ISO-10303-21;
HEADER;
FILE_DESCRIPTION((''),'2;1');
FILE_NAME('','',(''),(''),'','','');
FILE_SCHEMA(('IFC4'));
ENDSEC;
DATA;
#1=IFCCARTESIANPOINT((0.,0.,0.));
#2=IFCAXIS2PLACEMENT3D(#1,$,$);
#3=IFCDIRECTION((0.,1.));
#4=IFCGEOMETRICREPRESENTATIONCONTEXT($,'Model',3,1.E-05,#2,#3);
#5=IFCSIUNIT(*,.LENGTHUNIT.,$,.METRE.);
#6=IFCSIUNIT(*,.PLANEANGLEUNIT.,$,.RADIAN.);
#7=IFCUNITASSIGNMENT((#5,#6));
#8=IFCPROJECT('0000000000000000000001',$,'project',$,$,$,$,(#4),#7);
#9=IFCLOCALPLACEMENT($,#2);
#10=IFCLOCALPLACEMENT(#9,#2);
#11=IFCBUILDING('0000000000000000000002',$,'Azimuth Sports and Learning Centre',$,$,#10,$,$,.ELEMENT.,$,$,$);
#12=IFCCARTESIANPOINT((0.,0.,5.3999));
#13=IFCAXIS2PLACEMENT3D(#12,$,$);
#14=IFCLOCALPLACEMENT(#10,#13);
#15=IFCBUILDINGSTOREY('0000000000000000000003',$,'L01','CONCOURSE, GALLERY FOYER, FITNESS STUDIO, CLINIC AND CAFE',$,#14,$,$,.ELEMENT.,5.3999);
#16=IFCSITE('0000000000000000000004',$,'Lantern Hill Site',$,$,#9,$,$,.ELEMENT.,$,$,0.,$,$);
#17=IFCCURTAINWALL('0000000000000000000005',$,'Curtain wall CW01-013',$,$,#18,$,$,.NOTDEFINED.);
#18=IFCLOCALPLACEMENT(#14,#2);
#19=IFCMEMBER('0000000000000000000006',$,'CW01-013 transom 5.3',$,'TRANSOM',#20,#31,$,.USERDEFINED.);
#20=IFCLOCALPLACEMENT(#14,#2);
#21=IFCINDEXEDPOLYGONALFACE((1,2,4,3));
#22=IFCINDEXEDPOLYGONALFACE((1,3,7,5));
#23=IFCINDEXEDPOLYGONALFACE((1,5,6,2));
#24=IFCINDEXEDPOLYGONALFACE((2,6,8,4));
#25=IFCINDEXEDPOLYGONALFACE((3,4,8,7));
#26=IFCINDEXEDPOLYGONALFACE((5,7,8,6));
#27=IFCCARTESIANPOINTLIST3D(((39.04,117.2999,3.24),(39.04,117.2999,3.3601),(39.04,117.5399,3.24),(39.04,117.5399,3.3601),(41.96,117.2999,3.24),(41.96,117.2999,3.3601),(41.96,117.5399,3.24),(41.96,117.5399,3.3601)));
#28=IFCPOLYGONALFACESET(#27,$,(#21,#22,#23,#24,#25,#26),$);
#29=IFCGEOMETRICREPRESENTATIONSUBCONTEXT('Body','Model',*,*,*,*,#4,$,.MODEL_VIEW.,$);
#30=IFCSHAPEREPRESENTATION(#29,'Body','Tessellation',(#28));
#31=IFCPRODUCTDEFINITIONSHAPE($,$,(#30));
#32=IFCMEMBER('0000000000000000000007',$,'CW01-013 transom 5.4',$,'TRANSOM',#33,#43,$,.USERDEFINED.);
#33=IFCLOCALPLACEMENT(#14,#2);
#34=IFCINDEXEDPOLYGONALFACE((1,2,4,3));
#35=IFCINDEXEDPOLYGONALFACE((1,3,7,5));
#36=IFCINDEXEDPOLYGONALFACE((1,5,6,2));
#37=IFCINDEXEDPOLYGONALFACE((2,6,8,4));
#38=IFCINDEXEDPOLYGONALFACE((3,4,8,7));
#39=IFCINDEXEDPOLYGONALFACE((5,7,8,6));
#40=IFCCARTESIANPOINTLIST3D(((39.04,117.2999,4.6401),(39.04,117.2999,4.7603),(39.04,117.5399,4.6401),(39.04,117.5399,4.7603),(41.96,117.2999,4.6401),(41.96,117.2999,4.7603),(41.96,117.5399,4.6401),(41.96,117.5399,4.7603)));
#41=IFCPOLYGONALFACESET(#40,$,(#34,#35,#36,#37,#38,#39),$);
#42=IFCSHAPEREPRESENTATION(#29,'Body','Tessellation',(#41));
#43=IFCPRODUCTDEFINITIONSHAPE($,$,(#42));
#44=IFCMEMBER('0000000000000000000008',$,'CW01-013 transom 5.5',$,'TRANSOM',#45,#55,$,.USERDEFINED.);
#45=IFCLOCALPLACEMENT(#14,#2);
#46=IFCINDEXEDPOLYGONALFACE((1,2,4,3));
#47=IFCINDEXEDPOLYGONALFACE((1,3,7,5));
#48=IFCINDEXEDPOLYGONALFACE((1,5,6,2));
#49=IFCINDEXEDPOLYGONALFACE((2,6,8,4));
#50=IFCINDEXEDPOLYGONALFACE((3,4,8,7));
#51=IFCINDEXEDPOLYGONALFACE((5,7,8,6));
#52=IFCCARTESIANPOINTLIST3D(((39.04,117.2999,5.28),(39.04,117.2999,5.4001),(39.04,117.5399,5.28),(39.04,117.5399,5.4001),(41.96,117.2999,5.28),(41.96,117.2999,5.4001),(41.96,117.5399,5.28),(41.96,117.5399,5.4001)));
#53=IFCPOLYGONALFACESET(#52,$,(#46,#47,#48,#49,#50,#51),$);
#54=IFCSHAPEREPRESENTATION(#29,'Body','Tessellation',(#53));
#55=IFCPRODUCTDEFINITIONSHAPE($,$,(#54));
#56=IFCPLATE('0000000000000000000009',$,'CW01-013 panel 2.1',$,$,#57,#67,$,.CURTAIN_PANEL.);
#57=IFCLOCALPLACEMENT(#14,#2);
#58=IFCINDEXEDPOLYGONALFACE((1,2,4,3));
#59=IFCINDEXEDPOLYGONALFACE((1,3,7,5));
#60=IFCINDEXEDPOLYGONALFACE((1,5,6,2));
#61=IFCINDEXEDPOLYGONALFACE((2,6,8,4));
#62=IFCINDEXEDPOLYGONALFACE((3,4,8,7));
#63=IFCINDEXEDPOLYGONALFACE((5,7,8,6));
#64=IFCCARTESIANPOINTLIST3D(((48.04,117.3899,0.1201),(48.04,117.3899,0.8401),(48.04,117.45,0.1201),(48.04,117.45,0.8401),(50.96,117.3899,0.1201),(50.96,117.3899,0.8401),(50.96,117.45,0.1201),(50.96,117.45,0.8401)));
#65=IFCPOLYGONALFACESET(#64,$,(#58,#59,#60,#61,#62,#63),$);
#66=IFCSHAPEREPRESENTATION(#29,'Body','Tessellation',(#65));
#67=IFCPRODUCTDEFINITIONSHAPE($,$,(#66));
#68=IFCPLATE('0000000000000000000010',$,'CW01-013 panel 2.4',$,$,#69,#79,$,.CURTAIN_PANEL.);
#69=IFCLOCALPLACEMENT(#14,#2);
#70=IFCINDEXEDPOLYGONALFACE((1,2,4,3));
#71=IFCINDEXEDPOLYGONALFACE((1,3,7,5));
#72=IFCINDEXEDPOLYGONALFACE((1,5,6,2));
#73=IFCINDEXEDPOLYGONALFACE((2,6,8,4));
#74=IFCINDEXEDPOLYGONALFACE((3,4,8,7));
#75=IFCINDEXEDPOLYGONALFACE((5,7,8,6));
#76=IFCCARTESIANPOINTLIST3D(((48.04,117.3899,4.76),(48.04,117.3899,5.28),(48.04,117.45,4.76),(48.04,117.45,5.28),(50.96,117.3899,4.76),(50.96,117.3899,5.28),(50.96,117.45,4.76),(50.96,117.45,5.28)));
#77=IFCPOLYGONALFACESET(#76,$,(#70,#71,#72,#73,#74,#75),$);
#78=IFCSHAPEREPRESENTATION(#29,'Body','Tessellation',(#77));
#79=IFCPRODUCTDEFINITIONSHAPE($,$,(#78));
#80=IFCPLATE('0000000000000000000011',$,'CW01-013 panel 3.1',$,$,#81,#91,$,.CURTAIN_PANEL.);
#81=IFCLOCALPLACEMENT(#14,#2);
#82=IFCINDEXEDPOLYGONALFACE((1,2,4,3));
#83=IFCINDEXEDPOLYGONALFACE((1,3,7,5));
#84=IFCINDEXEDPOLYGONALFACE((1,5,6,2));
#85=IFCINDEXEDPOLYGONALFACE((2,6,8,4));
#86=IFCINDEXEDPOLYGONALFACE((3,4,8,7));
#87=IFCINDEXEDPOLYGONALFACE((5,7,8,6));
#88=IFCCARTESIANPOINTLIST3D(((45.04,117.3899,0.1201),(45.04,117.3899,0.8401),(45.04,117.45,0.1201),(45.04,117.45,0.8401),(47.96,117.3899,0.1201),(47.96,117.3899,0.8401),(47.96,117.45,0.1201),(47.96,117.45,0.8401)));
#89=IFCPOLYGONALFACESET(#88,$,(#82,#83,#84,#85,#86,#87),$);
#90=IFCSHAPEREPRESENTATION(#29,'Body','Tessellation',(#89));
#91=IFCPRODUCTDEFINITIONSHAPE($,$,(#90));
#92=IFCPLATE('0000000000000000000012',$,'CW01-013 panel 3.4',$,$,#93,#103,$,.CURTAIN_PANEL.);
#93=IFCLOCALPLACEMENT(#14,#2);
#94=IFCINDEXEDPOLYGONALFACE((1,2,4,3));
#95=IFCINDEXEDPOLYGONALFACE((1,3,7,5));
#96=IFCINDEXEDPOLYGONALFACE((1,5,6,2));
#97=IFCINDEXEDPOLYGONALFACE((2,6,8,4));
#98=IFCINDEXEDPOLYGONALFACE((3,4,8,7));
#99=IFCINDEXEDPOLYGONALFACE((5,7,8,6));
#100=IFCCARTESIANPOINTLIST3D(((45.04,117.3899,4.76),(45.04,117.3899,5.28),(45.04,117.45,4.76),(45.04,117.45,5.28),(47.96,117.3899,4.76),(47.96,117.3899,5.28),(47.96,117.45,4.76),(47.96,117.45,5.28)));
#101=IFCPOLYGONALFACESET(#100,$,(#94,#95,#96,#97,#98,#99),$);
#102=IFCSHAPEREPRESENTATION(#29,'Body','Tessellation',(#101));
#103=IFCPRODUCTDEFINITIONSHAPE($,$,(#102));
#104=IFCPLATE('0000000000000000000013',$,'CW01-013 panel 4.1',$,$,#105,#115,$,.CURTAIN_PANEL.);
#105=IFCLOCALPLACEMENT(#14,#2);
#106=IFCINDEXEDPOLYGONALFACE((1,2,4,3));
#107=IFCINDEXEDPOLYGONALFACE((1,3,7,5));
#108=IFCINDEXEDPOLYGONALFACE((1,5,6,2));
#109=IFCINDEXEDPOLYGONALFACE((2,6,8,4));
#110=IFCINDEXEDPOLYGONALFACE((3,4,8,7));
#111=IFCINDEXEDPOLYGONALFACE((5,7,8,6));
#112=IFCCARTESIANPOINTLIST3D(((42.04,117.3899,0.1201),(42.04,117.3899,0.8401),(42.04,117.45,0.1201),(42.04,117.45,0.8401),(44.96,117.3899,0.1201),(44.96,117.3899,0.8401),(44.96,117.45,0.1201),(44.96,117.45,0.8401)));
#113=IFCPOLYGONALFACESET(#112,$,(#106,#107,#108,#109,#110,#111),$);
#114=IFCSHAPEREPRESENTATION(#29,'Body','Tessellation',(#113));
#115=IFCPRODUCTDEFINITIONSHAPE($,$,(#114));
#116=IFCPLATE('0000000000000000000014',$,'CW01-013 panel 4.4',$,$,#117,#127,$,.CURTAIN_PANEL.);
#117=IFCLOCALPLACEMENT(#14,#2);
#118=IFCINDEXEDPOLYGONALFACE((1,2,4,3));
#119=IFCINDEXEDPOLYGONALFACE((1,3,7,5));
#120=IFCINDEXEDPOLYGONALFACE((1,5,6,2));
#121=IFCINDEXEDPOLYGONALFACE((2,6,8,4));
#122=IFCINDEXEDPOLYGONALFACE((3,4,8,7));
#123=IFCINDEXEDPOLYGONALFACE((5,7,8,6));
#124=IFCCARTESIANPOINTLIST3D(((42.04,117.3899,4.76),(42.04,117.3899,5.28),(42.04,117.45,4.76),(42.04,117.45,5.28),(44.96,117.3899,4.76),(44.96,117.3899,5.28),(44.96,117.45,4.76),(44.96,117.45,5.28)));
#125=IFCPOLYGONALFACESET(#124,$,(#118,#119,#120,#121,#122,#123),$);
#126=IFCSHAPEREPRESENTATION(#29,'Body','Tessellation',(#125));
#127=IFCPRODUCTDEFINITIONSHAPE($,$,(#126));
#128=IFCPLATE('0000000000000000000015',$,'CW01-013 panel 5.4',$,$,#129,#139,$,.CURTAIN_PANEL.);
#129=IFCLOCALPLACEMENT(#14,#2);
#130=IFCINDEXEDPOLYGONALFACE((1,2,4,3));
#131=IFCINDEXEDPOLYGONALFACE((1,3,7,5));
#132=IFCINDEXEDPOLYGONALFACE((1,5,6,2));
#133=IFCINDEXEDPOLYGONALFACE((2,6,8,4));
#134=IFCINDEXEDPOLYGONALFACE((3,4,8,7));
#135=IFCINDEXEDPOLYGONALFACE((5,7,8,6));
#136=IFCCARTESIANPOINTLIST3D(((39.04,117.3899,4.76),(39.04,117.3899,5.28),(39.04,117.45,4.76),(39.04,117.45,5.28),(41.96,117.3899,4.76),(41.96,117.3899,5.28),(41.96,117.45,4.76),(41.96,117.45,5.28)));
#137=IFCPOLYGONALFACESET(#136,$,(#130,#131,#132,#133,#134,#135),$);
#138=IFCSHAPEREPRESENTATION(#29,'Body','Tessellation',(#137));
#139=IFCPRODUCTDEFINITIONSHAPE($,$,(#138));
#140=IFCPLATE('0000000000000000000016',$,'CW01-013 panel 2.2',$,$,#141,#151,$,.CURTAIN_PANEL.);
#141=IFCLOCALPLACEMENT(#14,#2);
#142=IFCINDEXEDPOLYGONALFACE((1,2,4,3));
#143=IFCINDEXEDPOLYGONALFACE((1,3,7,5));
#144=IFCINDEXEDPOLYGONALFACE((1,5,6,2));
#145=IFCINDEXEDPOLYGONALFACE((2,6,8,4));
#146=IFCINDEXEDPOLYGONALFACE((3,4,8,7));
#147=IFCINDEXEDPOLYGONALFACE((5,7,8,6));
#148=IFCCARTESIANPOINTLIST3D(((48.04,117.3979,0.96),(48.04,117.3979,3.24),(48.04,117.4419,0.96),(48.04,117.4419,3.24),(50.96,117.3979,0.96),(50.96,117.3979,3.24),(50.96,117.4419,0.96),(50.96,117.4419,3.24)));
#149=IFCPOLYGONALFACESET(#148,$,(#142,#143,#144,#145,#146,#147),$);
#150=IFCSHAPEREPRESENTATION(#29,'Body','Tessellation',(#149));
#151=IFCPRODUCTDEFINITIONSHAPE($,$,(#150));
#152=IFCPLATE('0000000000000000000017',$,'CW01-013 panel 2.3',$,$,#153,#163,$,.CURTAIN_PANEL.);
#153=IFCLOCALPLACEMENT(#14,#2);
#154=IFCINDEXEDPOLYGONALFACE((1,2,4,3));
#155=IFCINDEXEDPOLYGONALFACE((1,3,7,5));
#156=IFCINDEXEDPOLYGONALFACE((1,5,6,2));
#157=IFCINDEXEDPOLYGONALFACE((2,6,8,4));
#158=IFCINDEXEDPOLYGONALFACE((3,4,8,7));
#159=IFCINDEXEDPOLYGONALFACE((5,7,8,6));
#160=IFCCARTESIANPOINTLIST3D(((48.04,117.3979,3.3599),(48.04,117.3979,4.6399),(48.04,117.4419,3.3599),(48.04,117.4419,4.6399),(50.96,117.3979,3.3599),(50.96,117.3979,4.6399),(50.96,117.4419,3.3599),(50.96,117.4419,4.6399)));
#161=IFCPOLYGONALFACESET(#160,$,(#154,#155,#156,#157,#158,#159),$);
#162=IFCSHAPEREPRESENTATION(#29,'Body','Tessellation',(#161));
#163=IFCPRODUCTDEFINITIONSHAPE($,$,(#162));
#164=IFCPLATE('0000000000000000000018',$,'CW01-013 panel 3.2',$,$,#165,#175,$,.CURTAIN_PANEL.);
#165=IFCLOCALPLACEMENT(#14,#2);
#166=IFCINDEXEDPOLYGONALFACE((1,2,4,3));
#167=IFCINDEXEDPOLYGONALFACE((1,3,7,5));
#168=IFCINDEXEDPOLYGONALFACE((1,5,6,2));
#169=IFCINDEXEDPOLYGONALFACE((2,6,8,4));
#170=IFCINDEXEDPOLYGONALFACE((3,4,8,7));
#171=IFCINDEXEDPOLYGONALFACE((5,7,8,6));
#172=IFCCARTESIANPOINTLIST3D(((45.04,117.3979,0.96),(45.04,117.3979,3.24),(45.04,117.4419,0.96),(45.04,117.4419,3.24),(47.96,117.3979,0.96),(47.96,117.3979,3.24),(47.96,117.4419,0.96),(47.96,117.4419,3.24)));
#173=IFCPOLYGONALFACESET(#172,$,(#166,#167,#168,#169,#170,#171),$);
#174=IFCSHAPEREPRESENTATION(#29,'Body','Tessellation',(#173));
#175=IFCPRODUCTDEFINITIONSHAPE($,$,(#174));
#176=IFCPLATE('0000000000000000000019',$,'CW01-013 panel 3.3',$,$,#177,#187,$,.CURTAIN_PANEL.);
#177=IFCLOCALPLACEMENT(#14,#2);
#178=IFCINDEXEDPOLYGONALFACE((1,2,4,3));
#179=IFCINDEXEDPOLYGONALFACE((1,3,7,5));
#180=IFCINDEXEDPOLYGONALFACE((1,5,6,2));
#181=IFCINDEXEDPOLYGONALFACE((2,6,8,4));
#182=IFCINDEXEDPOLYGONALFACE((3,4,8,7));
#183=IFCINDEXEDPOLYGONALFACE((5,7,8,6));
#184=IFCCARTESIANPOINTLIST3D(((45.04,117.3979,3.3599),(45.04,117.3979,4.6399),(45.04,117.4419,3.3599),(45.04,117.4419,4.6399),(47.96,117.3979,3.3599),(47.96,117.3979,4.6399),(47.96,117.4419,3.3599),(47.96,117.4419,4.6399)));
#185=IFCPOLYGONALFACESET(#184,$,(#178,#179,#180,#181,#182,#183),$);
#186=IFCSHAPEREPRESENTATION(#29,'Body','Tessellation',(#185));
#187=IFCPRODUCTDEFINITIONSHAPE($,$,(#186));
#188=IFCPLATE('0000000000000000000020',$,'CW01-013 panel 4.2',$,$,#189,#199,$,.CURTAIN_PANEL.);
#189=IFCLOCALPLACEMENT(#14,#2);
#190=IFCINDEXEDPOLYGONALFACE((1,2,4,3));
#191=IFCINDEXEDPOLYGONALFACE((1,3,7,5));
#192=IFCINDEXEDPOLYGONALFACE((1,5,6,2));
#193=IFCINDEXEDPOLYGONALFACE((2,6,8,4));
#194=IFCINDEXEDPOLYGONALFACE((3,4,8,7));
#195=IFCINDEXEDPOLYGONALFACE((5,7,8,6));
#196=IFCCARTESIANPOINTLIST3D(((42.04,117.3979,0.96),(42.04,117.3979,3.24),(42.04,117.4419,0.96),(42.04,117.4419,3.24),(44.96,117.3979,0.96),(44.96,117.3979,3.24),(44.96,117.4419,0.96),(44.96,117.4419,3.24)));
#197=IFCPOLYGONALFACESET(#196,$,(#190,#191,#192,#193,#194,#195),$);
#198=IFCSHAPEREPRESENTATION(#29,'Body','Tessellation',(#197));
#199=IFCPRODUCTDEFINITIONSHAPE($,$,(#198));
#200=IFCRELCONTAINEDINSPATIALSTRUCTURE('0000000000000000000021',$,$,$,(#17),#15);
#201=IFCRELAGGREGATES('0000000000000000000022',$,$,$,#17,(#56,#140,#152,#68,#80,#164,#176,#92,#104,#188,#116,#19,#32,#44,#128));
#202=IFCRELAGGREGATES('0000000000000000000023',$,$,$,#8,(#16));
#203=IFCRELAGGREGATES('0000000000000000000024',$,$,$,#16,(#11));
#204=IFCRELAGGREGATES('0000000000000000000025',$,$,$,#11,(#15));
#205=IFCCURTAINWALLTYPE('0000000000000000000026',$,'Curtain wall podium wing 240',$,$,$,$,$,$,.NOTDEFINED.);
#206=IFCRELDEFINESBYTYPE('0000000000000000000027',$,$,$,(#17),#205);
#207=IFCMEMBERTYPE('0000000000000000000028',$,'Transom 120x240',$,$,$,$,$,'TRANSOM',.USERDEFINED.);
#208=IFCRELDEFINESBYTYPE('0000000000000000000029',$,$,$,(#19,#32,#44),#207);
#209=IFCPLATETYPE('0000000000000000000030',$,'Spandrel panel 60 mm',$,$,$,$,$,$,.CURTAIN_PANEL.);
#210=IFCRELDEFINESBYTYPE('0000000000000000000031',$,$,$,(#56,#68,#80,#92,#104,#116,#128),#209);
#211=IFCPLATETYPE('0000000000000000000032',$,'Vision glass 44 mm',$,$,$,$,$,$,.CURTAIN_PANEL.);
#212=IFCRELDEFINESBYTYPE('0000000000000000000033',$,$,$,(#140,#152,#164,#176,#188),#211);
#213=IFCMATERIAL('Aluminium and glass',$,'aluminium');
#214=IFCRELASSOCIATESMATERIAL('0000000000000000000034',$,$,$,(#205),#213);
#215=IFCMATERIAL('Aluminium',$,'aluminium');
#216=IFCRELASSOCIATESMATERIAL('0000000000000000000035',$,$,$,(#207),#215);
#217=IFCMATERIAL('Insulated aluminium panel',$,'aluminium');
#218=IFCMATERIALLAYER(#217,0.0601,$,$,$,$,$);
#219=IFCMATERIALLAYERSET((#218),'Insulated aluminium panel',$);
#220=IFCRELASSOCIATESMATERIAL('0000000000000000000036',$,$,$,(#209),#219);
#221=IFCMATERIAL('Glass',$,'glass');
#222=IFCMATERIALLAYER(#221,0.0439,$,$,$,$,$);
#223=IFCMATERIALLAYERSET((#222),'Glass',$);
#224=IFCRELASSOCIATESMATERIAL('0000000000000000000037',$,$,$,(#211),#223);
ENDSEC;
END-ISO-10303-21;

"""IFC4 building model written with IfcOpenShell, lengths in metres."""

from ifc_helpers import new_model, si_unit, direction, frame, origin, origin_2d, place, context, subcontext, project, spatial, rectangle, extrude, material, layer, layer_set, material_profile, profile_set, type_object, element, aggregate, save


model = new_model("IFC4")

# Units and contexts
model_context = context("Model", 3, precision=1e-05, world=origin(), true_north=direction((0.0, 1.0)))
body_context = subcontext(model_context, "Body", "Model", "MODEL_VIEW")
ifc_project = project(units=[si_unit("LENGTHUNIT", "METRE"), si_unit("PLANEANGLEUNIT", "RADIAN")], contexts=[model_context])

# Site, building, storey
site_placement = place(None, origin())
site = spatial("IfcSite", under=ifc_project, at=site_placement, Name="Lantern Hill Site", CompositionType="ELEMENT", RefElevation=0.0)
building_placement = place(site_placement, origin())
building = spatial("IfcBuilding", under=site, at=building_placement, Name="Azimuth Sports and Learning Centre", CompositionType="ELEMENT")
storey_placement = place(building_placement, frame((0.0, 0.0, 5.3999)))
storey = spatial("IfcBuildingStorey", under=building, at=storey_placement, Name="L01", Description="CONCOURSE, GALLERY FOYER, FITNESS STUDIO, CLINIC AND CAFE", CompositionType="ELEMENT", Elevation=5.3999)

# Curtain wall, members, plates
ifc_material_1 = material(Name="Aluminium and glass", Category="aluminium")
curtain_wall_type = type_object("IfcCurtainWallType", Name="Curtain wall podium wing 240", PredefinedType="NOTDEFINED", material=ifc_material_1)
curtain_wall_placement = place(storey_placement, origin())
curtain_wall = element("IfcCurtainWall", 1, at=curtain_wall_placement, inside=storey, type_object=curtain_wall_type, Name="Curtain wall CW01-013", PredefinedType="NOTDEFINED")
ifc_material_2 = material(Name="Aluminium", Category="aluminium")
ifc_material_profile_1 = material_profile(ifc_material_2, rectangle(XDim=0.24, YDim=0.1201, at=origin_2d()), Name="Transom 120x240")
ifc_profile_set_1 = profile_set([ifc_material_profile_1], Name="Aluminium")
member_type_1 = type_object("IfcMemberType", Name="Transom 120x240", ElementType="TRANSOM", PredefinedType="USERDEFINED", material=ifc_profile_set_1)
member_1_placement = place(storey_placement, frame((41.96, 117.4199, 3.3), z_axis=(-1.0, 0.0, 0.0), x_axis=(0.0, -1.0, 0.0)))
member_1 = element("IfcMember", 2, at=member_1_placement, type_object=member_type_1, Name="CW01-013 transom 5.3", ObjectType="TRANSOM", PredefinedType="USERDEFINED", context=body_context, shape_type="SweptSolid", body=[
    extrude(rectangle(XDim=0.24, YDim=0.1201, at=origin_2d()), origin(), (0.0, 0.0, 1.0), 2.9199),
])
member_2_placement = place(storey_placement, frame((41.96, 117.4199, 4.7002), z_axis=(-1.0, 0.0, 0.0), x_axis=(0.0, -1.0, 0.0)))
member_2 = element("IfcMember", 3, at=member_2_placement, type_object=member_type_1, Name="CW01-013 transom 5.4", ObjectType="TRANSOM", PredefinedType="USERDEFINED", context=body_context, shape_type="SweptSolid", body=[
    extrude(rectangle(XDim=0.24, YDim=0.1201, at=origin_2d()), origin(), (0.0, 0.0, 1.0), 2.9199),
])
member_3_placement = place(storey_placement, frame((41.96, 117.4199, 5.3401), z_axis=(-1.0, 0.0, 0.0), x_axis=(0.0, -1.0, 0.0)))
member_3 = element("IfcMember", 4, at=member_3_placement, type_object=member_type_1, Name="CW01-013 transom 5.5", ObjectType="TRANSOM", PredefinedType="USERDEFINED", context=body_context, shape_type="SweptSolid", body=[
    extrude(rectangle(XDim=0.24, YDim=0.1201, at=origin_2d()), origin(), (0.0, 0.0, 1.0), 2.9199),
])
ifc_material_3 = material(Name="Insulated aluminium panel", Category="aluminium")
ifc_layer_1 = layer(ifc_material_3, 0.0601)
ifc_layer_set_1 = layer_set([ifc_layer_1], Name="Insulated aluminium panel")
plate_type_1 = type_object("IfcPlateType", Name="Spandrel panel 60 mm", PredefinedType="CURTAIN_PANEL", material=ifc_layer_set_1)
plate_1_placement = place(storey_placement, frame((49.5, 117.4199, 0.1201), z_axis=(0.0, 0.0, 1.0), x_axis=(-1.0, 0.0, 0.0)))
plate_1 = element("IfcPlate", 5, at=plate_1_placement, type_object=plate_type_1, Name="CW01-013 panel 2.1", PredefinedType="CURTAIN_PANEL", context=body_context, shape_type="SweptSolid", body=[
    extrude(rectangle(XDim=2.9199, YDim=0.0601, at=origin_2d()), origin(), (0.0, 0.0, 1.0), 0.72),
])
plate_2_placement = place(storey_placement, frame((49.5, 117.4199, 4.76), z_axis=(0.0, 0.0, 1.0), x_axis=(-1.0, 0.0, 0.0)))
plate_2 = element("IfcPlate", 6, at=plate_2_placement, type_object=plate_type_1, Name="CW01-013 panel 2.4", PredefinedType="CURTAIN_PANEL", context=body_context, shape_type="SweptSolid", body=[
    extrude(rectangle(XDim=2.9199, YDim=0.0601, at=origin_2d()), origin(), (0.0, 0.0, 1.0), 0.52),
])
plate_3_placement = place(storey_placement, frame((46.5, 117.4199, 0.1201), z_axis=(0.0, 0.0, 1.0), x_axis=(-1.0, 0.0, 0.0)))
plate_3 = element("IfcPlate", 7, at=plate_3_placement, type_object=plate_type_1, Name="CW01-013 panel 3.1", PredefinedType="CURTAIN_PANEL", context=body_context, shape_type="SweptSolid", body=[
    extrude(rectangle(XDim=2.9199, YDim=0.0601, at=origin_2d()), origin(), (0.0, 0.0, 1.0), 0.72),
])
plate_4_placement = place(storey_placement, frame((46.5, 117.4199, 4.76), z_axis=(0.0, 0.0, 1.0), x_axis=(-1.0, 0.0, 0.0)))
plate_4 = element("IfcPlate", 8, at=plate_4_placement, type_object=plate_type_1, Name="CW01-013 panel 3.4", PredefinedType="CURTAIN_PANEL", context=body_context, shape_type="SweptSolid", body=[
    extrude(rectangle(XDim=2.9199, YDim=0.0601, at=origin_2d()), origin(), (0.0, 0.0, 1.0), 0.52),
])
plate_5_placement = place(storey_placement, frame((43.5, 117.4199, 0.1201), z_axis=(0.0, 0.0, 1.0), x_axis=(-1.0, 0.0, 0.0)))
plate_5 = element("IfcPlate", 9, at=plate_5_placement, type_object=plate_type_1, Name="CW01-013 panel 4.1", PredefinedType="CURTAIN_PANEL", context=body_context, shape_type="SweptSolid", body=[
    extrude(rectangle(XDim=2.9199, YDim=0.0601, at=origin_2d()), origin(), (0.0, 0.0, 1.0), 0.72),
])
plate_6_placement = place(storey_placement, frame((43.5, 117.4199, 4.76), z_axis=(0.0, 0.0, 1.0), x_axis=(-1.0, 0.0, 0.0)))
plate_6 = element("IfcPlate", 10, at=plate_6_placement, type_object=plate_type_1, Name="CW01-013 panel 4.4", PredefinedType="CURTAIN_PANEL", context=body_context, shape_type="SweptSolid", body=[
    extrude(rectangle(XDim=2.9199, YDim=0.0601, at=origin_2d()), origin(), (0.0, 0.0, 1.0), 0.52),
])
plate_7_placement = place(storey_placement, frame((40.5, 117.4199, 4.76), z_axis=(0.0, 0.0, 1.0), x_axis=(-1.0, 0.0, 0.0)))
plate_7 = element("IfcPlate", 11, at=plate_7_placement, type_object=plate_type_1, Name="CW01-013 panel 5.4", PredefinedType="CURTAIN_PANEL", context=body_context, shape_type="SweptSolid", body=[
    extrude(rectangle(XDim=2.9199, YDim=0.0601, at=origin_2d()), origin(), (0.0, 0.0, 1.0), 0.52),
])
ifc_material_4 = material(Name="Glass", Category="glass")
ifc_layer_2 = layer(ifc_material_4, 0.0439)
ifc_layer_set_2 = layer_set([ifc_layer_2], Name="Glass")
plate_type_2 = type_object("IfcPlateType", Name="Vision glass 44 mm", PredefinedType="CURTAIN_PANEL", material=ifc_layer_set_2)
plate_8_placement = place(storey_placement, frame((49.5, 117.4199, 0.96), z_axis=(0.0, 0.0, 1.0), x_axis=(-1.0, 0.0, 0.0)))
plate_8 = element("IfcPlate", 12, at=plate_8_placement, type_object=plate_type_2, Name="CW01-013 panel 2.2", PredefinedType="CURTAIN_PANEL", context=body_context, shape_type="SweptSolid", body=[
    extrude(rectangle(XDim=2.9199, YDim=0.0439, at=origin_2d()), origin(), (0.0, 0.0, 1.0), 2.28),
])
plate_9_placement = place(storey_placement, frame((49.5, 117.4199, 3.3599), z_axis=(0.0, 0.0, 1.0), x_axis=(-1.0, 0.0, 0.0)))
plate_9 = element("IfcPlate", 13, at=plate_9_placement, type_object=plate_type_2, Name="CW01-013 panel 2.3", PredefinedType="CURTAIN_PANEL", context=body_context, shape_type="SweptSolid", body=[
    extrude(rectangle(XDim=2.9199, YDim=0.0439, at=origin_2d()), origin(), (0.0, 0.0, 1.0), 1.28),
])
plate_10_placement = place(storey_placement, frame((46.5, 117.4199, 0.96), z_axis=(0.0, 0.0, 1.0), x_axis=(-1.0, 0.0, 0.0)))
plate_10 = element("IfcPlate", 14, at=plate_10_placement, type_object=plate_type_2, Name="CW01-013 panel 3.2", PredefinedType="CURTAIN_PANEL", context=body_context, shape_type="SweptSolid", body=[
    extrude(rectangle(XDim=2.9199, YDim=0.0439, at=origin_2d()), origin(), (0.0, 0.0, 1.0), 2.28),
])
plate_11_placement = place(storey_placement, frame((46.5, 117.4199, 3.3599), z_axis=(0.0, 0.0, 1.0), x_axis=(-1.0, 0.0, 0.0)))
plate_11 = element("IfcPlate", 15, at=plate_11_placement, type_object=plate_type_2, Name="CW01-013 panel 3.3", PredefinedType="CURTAIN_PANEL", context=body_context, shape_type="SweptSolid", body=[
    extrude(rectangle(XDim=2.9199, YDim=0.0439, at=origin_2d()), origin(), (0.0, 0.0, 1.0), 1.28),
])
plate_12_placement = place(storey_placement, frame((43.5, 117.4199, 0.96), z_axis=(0.0, 0.0, 1.0), x_axis=(-1.0, 0.0, 0.0)))
plate_12 = element("IfcPlate", 16, at=plate_12_placement, type_object=plate_type_2, Name="CW01-013 panel 4.2", PredefinedType="CURTAIN_PANEL", context=body_context, shape_type="SweptSolid", body=[
    extrude(rectangle(XDim=2.9199, YDim=0.0439, at=origin_2d()), origin(), (0.0, 0.0, 1.0), 2.28),
])
aggregate(curtain_wall, [plate_1, plate_8, plate_9, plate_2, plate_3, plate_10, plate_11, plate_4, plate_5, plate_12, plate_6, member_1, member_2, member_3, plate_7])

save(model, "model.ifc")
